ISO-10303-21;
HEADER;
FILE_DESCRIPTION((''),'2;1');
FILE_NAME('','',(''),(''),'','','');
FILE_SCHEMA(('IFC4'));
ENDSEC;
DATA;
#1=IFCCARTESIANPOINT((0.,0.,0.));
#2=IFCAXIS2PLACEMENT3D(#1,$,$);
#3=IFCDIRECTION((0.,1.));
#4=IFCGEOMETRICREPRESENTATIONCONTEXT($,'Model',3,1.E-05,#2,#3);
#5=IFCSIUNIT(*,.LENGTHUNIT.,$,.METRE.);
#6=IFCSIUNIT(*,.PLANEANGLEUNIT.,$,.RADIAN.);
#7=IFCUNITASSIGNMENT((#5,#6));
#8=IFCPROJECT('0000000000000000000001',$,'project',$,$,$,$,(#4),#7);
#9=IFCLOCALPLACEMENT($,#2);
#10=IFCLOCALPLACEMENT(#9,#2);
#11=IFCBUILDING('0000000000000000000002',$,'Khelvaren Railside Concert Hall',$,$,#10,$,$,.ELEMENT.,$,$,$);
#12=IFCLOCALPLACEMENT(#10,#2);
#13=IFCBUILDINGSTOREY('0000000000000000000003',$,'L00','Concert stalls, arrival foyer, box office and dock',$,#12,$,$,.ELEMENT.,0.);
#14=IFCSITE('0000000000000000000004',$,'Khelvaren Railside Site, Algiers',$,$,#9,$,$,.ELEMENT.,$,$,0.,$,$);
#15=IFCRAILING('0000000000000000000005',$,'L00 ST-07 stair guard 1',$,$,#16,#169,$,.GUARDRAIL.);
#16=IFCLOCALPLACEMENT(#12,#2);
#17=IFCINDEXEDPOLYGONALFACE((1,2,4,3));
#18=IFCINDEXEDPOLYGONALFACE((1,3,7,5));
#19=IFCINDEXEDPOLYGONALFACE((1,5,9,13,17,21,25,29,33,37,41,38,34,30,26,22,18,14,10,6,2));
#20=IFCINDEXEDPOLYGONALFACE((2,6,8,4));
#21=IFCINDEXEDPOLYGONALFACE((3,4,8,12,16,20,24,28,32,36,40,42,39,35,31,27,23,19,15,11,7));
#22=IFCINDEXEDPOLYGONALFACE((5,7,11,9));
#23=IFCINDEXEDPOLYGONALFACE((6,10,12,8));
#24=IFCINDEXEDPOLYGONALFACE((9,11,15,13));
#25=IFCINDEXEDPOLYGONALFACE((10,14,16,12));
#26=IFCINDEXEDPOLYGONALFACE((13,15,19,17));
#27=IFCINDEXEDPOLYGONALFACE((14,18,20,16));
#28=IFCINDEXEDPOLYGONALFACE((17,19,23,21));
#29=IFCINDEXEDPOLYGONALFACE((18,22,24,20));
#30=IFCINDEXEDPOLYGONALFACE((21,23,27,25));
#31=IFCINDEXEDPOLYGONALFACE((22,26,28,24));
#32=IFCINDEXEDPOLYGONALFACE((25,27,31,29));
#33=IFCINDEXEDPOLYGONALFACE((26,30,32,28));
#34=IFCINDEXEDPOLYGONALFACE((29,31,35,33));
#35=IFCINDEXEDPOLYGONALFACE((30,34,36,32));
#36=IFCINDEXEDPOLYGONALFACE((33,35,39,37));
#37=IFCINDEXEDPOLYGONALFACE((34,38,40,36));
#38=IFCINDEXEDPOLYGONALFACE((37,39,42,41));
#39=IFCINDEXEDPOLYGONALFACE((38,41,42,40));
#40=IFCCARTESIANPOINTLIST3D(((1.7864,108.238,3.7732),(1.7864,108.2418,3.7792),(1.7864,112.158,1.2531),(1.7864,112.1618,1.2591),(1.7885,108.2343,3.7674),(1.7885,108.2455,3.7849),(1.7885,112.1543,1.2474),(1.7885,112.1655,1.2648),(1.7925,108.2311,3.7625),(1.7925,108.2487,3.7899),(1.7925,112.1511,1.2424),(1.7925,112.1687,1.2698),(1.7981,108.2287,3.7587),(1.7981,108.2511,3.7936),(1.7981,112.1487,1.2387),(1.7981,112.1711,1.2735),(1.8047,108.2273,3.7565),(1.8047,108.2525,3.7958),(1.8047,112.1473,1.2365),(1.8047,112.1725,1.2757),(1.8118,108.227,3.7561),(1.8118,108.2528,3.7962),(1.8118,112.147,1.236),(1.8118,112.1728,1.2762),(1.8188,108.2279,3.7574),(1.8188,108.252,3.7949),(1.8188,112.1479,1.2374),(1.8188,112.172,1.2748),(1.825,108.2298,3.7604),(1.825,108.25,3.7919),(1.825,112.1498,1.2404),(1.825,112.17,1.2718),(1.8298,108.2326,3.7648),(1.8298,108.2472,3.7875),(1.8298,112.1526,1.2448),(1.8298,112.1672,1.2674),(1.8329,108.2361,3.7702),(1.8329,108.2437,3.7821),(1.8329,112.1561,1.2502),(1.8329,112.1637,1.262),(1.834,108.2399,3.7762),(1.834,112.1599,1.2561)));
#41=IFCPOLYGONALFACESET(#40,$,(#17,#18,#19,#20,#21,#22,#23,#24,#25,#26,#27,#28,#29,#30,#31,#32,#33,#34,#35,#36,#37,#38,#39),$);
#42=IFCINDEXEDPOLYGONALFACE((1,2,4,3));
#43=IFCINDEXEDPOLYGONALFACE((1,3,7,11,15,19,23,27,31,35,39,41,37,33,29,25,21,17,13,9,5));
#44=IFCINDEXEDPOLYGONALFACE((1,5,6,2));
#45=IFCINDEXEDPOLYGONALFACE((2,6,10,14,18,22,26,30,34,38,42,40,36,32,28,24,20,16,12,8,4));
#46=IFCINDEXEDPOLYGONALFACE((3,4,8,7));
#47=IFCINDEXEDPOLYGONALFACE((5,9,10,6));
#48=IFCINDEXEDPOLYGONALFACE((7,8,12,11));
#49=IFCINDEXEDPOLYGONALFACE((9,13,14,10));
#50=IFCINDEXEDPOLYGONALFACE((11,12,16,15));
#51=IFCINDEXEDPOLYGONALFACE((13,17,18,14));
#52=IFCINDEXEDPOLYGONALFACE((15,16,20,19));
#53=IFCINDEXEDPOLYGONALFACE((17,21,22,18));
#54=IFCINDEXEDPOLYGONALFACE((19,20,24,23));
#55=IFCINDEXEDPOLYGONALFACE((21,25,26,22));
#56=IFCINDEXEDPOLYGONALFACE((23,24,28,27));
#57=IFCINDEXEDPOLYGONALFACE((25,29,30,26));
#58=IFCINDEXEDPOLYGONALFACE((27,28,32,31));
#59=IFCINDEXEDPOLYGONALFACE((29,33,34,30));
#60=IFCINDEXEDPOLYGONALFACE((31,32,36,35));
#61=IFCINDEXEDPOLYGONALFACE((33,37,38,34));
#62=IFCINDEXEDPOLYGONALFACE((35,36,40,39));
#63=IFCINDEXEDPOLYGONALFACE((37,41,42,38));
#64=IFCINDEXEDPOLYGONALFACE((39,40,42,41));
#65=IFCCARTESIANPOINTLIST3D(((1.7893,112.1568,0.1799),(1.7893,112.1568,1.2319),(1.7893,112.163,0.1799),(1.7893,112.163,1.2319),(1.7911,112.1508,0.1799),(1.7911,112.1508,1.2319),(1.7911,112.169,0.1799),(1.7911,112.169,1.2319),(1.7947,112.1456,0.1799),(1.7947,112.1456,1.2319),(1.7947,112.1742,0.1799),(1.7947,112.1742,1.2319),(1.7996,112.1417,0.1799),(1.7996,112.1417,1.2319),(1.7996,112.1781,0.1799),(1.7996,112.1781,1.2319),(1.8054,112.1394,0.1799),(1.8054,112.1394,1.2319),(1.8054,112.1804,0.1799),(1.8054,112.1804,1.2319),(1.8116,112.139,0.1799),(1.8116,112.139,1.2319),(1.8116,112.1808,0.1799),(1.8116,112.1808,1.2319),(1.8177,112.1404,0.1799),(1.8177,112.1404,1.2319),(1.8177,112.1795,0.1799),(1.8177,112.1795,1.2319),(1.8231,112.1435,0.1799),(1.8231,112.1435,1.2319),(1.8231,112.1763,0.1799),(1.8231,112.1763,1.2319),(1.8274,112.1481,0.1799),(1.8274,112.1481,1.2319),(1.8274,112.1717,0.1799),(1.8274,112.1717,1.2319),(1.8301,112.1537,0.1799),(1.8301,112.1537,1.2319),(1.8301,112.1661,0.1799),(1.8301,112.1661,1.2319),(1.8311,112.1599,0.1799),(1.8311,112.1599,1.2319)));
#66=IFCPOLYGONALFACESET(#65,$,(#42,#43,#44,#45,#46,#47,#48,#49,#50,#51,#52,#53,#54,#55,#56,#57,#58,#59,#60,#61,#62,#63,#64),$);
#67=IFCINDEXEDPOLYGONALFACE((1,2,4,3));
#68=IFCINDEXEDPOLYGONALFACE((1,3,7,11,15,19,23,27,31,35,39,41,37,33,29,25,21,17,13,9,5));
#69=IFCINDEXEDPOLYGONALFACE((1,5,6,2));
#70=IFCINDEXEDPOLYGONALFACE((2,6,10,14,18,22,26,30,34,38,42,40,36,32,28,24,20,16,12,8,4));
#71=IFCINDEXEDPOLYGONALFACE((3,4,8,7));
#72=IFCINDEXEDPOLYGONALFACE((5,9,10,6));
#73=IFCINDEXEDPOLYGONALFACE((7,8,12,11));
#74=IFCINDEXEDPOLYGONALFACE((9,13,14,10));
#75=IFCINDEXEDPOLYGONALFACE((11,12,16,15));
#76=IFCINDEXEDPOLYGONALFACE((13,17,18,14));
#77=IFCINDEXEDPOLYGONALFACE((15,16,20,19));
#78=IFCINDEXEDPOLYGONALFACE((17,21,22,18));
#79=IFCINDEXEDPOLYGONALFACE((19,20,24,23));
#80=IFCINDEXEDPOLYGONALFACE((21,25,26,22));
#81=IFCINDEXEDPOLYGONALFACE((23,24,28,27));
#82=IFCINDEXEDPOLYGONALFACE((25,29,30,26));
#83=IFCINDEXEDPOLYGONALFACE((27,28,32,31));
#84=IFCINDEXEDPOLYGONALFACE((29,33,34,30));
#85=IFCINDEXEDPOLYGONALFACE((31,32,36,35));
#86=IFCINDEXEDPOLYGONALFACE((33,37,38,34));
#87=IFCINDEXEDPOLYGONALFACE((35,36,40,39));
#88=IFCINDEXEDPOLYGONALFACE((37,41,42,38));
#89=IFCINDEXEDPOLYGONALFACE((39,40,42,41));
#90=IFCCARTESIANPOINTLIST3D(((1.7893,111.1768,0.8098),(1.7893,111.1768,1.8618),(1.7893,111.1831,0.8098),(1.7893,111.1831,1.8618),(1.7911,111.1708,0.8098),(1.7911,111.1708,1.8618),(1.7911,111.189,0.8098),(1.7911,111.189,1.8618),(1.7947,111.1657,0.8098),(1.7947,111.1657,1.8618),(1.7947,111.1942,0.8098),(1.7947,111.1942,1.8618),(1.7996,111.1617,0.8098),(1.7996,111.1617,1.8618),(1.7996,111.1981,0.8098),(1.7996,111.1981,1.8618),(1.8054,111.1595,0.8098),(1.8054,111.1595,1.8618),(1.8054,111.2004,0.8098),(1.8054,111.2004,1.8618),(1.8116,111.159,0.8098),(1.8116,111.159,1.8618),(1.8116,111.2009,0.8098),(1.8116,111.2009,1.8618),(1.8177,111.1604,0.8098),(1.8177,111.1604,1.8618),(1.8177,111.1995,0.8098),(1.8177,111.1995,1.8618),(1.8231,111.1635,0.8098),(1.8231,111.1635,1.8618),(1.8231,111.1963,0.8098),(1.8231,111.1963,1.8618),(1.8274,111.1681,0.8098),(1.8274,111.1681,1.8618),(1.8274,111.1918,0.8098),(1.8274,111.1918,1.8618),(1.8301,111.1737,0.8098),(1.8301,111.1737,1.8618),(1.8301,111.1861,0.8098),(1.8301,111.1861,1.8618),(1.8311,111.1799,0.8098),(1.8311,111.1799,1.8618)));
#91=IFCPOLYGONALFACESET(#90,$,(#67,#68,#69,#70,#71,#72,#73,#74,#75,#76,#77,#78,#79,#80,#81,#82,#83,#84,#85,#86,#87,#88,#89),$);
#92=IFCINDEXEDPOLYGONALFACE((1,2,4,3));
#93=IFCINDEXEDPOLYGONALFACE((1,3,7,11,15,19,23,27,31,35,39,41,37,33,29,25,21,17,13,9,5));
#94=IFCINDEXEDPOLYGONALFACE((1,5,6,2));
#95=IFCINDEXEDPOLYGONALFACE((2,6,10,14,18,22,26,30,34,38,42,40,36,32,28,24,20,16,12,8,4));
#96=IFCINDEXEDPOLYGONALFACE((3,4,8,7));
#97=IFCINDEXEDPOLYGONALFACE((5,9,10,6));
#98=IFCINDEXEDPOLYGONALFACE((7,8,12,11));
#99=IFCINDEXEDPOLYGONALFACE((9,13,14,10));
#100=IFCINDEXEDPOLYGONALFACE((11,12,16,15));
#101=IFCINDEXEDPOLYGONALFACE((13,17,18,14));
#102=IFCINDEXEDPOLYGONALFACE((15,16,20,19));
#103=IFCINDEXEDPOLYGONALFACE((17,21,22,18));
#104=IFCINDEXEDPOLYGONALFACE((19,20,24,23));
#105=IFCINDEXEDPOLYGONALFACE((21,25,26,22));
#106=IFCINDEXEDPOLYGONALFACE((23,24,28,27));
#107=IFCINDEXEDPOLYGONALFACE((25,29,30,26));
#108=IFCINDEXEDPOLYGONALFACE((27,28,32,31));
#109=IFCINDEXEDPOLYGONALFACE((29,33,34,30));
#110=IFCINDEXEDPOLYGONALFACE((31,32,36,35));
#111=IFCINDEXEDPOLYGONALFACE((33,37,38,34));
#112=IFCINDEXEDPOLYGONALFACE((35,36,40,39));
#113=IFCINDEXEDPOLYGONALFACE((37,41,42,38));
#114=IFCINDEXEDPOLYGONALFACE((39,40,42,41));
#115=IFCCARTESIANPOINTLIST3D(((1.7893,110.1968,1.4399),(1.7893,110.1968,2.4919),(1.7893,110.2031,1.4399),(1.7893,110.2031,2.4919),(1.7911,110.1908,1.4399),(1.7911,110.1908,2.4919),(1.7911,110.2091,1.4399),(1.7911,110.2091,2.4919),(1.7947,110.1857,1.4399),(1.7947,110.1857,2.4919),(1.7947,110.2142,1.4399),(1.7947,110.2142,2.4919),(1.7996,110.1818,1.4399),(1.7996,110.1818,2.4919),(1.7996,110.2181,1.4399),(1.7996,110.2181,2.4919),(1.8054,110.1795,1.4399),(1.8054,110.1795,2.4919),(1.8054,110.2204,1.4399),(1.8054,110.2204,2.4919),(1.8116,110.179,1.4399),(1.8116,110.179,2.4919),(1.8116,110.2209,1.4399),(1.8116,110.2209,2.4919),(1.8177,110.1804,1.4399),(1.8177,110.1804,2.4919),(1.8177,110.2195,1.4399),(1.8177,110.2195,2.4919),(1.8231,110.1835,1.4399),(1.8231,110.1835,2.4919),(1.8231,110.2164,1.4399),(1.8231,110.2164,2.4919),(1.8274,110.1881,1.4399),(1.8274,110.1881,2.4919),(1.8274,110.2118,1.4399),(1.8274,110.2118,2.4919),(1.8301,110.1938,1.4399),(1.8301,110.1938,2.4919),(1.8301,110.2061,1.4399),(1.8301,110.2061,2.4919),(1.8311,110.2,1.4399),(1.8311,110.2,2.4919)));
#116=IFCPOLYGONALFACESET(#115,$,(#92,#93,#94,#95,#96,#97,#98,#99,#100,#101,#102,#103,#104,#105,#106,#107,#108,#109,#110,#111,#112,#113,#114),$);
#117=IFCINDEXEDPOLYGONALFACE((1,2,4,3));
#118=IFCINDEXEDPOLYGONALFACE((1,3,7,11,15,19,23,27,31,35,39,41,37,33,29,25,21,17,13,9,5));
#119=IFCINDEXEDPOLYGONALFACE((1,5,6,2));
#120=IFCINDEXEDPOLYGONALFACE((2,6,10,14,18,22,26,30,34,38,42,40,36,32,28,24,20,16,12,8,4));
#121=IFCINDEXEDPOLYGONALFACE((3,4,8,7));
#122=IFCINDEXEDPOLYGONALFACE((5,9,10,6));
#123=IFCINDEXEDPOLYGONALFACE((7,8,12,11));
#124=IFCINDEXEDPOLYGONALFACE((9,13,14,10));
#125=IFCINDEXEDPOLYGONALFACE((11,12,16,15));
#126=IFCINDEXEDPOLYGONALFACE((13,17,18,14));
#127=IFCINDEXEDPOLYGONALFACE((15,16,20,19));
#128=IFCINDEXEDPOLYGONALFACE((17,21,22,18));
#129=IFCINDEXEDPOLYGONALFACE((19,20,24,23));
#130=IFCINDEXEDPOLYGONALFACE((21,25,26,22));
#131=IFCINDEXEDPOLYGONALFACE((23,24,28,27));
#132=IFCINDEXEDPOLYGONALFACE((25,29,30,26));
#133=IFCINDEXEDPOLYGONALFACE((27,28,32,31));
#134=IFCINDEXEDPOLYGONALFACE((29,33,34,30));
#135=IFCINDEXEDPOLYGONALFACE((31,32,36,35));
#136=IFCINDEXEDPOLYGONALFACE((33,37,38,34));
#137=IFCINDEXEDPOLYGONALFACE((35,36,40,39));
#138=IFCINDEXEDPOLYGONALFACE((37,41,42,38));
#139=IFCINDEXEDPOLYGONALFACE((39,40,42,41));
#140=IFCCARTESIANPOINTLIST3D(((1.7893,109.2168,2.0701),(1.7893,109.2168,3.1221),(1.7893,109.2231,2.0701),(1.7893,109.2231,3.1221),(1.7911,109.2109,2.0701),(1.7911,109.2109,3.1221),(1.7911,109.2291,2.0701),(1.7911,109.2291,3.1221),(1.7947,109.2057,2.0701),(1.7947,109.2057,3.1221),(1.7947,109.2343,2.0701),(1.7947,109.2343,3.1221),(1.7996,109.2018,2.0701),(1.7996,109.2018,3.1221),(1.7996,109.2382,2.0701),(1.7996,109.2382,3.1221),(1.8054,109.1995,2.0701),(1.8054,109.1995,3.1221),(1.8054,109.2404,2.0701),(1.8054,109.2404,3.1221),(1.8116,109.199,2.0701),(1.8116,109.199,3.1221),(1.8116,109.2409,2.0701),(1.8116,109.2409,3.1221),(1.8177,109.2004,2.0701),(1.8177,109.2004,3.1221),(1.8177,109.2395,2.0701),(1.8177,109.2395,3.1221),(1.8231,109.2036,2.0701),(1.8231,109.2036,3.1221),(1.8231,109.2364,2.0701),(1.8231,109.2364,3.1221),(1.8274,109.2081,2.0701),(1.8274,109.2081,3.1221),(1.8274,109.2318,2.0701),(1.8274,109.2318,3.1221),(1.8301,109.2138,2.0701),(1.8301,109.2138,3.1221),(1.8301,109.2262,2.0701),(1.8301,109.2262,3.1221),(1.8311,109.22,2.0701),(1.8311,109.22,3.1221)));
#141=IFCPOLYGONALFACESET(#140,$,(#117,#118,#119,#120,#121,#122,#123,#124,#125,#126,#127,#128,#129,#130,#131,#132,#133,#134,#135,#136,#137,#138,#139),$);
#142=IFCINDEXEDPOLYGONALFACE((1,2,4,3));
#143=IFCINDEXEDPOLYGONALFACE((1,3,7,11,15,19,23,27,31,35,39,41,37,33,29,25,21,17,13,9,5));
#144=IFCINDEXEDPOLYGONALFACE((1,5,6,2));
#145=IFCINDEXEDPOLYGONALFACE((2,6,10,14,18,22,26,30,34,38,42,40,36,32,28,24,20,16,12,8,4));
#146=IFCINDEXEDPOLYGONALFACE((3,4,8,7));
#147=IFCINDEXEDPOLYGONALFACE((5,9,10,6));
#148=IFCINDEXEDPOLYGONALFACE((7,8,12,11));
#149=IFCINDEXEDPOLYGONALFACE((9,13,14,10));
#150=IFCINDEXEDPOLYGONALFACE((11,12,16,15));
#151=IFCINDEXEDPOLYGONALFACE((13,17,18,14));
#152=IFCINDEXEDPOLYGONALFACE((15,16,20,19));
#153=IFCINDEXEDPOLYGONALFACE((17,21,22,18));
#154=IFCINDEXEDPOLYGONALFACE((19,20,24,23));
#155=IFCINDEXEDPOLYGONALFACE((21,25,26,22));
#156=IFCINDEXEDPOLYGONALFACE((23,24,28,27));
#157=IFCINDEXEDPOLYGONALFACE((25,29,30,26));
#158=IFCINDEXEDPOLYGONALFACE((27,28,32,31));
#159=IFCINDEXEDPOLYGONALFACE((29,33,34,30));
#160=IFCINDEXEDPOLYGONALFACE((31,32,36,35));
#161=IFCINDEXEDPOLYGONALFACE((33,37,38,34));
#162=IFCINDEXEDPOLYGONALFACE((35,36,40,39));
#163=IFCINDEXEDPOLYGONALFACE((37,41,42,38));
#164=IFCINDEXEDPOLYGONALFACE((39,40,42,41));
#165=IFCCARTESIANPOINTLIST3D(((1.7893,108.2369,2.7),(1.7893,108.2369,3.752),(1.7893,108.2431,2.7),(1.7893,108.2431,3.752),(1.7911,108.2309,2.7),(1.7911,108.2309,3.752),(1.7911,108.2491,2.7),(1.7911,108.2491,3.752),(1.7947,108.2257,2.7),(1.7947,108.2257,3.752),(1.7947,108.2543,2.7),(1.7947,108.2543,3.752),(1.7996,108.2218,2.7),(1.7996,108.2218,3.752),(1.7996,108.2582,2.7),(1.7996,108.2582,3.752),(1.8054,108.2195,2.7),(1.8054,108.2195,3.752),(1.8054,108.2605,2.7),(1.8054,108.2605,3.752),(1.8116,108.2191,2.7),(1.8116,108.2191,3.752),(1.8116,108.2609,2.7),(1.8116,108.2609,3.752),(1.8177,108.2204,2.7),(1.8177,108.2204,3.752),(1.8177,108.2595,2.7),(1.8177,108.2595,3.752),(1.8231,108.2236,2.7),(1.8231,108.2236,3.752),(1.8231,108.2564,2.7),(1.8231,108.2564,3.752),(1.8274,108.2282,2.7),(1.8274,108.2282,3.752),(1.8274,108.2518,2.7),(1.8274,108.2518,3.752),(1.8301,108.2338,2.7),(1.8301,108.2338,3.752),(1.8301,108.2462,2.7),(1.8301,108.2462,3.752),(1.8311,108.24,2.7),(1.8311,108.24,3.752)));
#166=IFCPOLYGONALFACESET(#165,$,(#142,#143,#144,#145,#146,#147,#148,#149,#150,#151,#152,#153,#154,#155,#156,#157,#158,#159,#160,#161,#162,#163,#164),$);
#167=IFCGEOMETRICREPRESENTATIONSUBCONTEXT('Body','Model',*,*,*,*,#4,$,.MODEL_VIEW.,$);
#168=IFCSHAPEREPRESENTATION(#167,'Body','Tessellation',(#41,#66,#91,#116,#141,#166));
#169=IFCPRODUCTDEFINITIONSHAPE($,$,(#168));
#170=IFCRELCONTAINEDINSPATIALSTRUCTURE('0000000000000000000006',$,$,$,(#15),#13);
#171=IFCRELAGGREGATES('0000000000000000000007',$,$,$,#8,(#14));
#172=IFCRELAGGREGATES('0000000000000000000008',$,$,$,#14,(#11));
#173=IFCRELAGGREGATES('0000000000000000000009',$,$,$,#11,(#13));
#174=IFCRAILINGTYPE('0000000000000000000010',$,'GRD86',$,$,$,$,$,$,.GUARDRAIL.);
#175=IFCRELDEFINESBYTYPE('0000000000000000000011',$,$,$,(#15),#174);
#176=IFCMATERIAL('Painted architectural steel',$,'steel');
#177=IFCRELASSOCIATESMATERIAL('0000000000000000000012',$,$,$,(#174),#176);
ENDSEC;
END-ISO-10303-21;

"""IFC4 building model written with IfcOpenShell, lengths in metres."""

from ifc_helpers import new_model, si_unit, direction, frame, origin, origin_2d, place, context, subcontext, project, spatial, circle, extrude, material, type_object, element, save


model = new_model("IFC4")

# Units and contexts
model_context = context("Model", 3, precision=1e-05, world=origin(), true_north=direction((0.0, 1.0)))
body_context = subcontext(model_context, "Body", "Model", "MODEL_VIEW")
ifc_project = project(units=[si_unit("LENGTHUNIT", "METRE"), si_unit("PLANEANGLEUNIT", "RADIAN")], contexts=[model_context])

# Site, building, storey
site_placement = place(None, origin())
site = spatial("IfcSite", under=ifc_project, at=site_placement, Name="Khelvaren Railside Site, Algiers", CompositionType="ELEMENT", RefElevation=0.0)
building_placement = place(site_placement, origin())
building = spatial("IfcBuilding", under=site, at=building_placement, Name="Khelvaren Railside Concert Hall", CompositionType="ELEMENT")
storey_placement = place(building_placement, origin())
storey = spatial("IfcBuildingStorey", under=building, at=storey_placement, Name="L00", Description="Concert stalls, arrival foyer, box office and dock", CompositionType="ELEMENT", Elevation=0.0)

# Railing
ifc_material_1 = material(Name="Painted architectural steel", Category="steel")
railing_type_1 = type_object("IfcRailingType", Name="GRD86", PredefinedType="GUARDRAIL", material=ifc_material_1)
railing_1_placement = place(storey_placement, frame((1.8101, 112.1599, 0.1799)))
element("IfcRailing", 1, at=railing_1_placement, inside=storey, type_object=railing_type_1, Name="L00 ST-07 stair guard 1", PredefinedType="GUARDRAIL", context=body_context, shape_type="SweptSolid", body=[
    extrude(circle(Radius=0.0239, at=origin_2d()), frame((0.0, 0.0, 1.0762), z_axis=(0.0, -0.841172, 0.540768), x_axis=(1.0, 0.0, 0.0)), (0.0, 0.0, 1.0), 4.6602),
    extrude(circle(Radius=0.021, at=origin_2d()), origin(), (0.0, 0.0, 1.0), 1.052),
    extrude(circle(Radius=0.021, at=origin_2d()), frame((0.0, -0.98, 0.6299)), (0.0, 0.0, 1.0), 1.052),
    extrude(circle(Radius=0.021, at=origin_2d()), frame((0.0, -1.96, 1.26)), (0.0, 0.0, 1.0), 1.052),
    extrude(circle(Radius=0.021, at=origin_2d()), frame((0.0, -2.9399, 1.8901)), (0.0, 0.0, 1.0), 1.052),
    extrude(circle(Radius=0.021, at=origin_2d()), frame((0.0, -3.9199, 2.52)), (0.0, 0.0, 1.0), 1.052),
])

save(model, "model.ifc")
